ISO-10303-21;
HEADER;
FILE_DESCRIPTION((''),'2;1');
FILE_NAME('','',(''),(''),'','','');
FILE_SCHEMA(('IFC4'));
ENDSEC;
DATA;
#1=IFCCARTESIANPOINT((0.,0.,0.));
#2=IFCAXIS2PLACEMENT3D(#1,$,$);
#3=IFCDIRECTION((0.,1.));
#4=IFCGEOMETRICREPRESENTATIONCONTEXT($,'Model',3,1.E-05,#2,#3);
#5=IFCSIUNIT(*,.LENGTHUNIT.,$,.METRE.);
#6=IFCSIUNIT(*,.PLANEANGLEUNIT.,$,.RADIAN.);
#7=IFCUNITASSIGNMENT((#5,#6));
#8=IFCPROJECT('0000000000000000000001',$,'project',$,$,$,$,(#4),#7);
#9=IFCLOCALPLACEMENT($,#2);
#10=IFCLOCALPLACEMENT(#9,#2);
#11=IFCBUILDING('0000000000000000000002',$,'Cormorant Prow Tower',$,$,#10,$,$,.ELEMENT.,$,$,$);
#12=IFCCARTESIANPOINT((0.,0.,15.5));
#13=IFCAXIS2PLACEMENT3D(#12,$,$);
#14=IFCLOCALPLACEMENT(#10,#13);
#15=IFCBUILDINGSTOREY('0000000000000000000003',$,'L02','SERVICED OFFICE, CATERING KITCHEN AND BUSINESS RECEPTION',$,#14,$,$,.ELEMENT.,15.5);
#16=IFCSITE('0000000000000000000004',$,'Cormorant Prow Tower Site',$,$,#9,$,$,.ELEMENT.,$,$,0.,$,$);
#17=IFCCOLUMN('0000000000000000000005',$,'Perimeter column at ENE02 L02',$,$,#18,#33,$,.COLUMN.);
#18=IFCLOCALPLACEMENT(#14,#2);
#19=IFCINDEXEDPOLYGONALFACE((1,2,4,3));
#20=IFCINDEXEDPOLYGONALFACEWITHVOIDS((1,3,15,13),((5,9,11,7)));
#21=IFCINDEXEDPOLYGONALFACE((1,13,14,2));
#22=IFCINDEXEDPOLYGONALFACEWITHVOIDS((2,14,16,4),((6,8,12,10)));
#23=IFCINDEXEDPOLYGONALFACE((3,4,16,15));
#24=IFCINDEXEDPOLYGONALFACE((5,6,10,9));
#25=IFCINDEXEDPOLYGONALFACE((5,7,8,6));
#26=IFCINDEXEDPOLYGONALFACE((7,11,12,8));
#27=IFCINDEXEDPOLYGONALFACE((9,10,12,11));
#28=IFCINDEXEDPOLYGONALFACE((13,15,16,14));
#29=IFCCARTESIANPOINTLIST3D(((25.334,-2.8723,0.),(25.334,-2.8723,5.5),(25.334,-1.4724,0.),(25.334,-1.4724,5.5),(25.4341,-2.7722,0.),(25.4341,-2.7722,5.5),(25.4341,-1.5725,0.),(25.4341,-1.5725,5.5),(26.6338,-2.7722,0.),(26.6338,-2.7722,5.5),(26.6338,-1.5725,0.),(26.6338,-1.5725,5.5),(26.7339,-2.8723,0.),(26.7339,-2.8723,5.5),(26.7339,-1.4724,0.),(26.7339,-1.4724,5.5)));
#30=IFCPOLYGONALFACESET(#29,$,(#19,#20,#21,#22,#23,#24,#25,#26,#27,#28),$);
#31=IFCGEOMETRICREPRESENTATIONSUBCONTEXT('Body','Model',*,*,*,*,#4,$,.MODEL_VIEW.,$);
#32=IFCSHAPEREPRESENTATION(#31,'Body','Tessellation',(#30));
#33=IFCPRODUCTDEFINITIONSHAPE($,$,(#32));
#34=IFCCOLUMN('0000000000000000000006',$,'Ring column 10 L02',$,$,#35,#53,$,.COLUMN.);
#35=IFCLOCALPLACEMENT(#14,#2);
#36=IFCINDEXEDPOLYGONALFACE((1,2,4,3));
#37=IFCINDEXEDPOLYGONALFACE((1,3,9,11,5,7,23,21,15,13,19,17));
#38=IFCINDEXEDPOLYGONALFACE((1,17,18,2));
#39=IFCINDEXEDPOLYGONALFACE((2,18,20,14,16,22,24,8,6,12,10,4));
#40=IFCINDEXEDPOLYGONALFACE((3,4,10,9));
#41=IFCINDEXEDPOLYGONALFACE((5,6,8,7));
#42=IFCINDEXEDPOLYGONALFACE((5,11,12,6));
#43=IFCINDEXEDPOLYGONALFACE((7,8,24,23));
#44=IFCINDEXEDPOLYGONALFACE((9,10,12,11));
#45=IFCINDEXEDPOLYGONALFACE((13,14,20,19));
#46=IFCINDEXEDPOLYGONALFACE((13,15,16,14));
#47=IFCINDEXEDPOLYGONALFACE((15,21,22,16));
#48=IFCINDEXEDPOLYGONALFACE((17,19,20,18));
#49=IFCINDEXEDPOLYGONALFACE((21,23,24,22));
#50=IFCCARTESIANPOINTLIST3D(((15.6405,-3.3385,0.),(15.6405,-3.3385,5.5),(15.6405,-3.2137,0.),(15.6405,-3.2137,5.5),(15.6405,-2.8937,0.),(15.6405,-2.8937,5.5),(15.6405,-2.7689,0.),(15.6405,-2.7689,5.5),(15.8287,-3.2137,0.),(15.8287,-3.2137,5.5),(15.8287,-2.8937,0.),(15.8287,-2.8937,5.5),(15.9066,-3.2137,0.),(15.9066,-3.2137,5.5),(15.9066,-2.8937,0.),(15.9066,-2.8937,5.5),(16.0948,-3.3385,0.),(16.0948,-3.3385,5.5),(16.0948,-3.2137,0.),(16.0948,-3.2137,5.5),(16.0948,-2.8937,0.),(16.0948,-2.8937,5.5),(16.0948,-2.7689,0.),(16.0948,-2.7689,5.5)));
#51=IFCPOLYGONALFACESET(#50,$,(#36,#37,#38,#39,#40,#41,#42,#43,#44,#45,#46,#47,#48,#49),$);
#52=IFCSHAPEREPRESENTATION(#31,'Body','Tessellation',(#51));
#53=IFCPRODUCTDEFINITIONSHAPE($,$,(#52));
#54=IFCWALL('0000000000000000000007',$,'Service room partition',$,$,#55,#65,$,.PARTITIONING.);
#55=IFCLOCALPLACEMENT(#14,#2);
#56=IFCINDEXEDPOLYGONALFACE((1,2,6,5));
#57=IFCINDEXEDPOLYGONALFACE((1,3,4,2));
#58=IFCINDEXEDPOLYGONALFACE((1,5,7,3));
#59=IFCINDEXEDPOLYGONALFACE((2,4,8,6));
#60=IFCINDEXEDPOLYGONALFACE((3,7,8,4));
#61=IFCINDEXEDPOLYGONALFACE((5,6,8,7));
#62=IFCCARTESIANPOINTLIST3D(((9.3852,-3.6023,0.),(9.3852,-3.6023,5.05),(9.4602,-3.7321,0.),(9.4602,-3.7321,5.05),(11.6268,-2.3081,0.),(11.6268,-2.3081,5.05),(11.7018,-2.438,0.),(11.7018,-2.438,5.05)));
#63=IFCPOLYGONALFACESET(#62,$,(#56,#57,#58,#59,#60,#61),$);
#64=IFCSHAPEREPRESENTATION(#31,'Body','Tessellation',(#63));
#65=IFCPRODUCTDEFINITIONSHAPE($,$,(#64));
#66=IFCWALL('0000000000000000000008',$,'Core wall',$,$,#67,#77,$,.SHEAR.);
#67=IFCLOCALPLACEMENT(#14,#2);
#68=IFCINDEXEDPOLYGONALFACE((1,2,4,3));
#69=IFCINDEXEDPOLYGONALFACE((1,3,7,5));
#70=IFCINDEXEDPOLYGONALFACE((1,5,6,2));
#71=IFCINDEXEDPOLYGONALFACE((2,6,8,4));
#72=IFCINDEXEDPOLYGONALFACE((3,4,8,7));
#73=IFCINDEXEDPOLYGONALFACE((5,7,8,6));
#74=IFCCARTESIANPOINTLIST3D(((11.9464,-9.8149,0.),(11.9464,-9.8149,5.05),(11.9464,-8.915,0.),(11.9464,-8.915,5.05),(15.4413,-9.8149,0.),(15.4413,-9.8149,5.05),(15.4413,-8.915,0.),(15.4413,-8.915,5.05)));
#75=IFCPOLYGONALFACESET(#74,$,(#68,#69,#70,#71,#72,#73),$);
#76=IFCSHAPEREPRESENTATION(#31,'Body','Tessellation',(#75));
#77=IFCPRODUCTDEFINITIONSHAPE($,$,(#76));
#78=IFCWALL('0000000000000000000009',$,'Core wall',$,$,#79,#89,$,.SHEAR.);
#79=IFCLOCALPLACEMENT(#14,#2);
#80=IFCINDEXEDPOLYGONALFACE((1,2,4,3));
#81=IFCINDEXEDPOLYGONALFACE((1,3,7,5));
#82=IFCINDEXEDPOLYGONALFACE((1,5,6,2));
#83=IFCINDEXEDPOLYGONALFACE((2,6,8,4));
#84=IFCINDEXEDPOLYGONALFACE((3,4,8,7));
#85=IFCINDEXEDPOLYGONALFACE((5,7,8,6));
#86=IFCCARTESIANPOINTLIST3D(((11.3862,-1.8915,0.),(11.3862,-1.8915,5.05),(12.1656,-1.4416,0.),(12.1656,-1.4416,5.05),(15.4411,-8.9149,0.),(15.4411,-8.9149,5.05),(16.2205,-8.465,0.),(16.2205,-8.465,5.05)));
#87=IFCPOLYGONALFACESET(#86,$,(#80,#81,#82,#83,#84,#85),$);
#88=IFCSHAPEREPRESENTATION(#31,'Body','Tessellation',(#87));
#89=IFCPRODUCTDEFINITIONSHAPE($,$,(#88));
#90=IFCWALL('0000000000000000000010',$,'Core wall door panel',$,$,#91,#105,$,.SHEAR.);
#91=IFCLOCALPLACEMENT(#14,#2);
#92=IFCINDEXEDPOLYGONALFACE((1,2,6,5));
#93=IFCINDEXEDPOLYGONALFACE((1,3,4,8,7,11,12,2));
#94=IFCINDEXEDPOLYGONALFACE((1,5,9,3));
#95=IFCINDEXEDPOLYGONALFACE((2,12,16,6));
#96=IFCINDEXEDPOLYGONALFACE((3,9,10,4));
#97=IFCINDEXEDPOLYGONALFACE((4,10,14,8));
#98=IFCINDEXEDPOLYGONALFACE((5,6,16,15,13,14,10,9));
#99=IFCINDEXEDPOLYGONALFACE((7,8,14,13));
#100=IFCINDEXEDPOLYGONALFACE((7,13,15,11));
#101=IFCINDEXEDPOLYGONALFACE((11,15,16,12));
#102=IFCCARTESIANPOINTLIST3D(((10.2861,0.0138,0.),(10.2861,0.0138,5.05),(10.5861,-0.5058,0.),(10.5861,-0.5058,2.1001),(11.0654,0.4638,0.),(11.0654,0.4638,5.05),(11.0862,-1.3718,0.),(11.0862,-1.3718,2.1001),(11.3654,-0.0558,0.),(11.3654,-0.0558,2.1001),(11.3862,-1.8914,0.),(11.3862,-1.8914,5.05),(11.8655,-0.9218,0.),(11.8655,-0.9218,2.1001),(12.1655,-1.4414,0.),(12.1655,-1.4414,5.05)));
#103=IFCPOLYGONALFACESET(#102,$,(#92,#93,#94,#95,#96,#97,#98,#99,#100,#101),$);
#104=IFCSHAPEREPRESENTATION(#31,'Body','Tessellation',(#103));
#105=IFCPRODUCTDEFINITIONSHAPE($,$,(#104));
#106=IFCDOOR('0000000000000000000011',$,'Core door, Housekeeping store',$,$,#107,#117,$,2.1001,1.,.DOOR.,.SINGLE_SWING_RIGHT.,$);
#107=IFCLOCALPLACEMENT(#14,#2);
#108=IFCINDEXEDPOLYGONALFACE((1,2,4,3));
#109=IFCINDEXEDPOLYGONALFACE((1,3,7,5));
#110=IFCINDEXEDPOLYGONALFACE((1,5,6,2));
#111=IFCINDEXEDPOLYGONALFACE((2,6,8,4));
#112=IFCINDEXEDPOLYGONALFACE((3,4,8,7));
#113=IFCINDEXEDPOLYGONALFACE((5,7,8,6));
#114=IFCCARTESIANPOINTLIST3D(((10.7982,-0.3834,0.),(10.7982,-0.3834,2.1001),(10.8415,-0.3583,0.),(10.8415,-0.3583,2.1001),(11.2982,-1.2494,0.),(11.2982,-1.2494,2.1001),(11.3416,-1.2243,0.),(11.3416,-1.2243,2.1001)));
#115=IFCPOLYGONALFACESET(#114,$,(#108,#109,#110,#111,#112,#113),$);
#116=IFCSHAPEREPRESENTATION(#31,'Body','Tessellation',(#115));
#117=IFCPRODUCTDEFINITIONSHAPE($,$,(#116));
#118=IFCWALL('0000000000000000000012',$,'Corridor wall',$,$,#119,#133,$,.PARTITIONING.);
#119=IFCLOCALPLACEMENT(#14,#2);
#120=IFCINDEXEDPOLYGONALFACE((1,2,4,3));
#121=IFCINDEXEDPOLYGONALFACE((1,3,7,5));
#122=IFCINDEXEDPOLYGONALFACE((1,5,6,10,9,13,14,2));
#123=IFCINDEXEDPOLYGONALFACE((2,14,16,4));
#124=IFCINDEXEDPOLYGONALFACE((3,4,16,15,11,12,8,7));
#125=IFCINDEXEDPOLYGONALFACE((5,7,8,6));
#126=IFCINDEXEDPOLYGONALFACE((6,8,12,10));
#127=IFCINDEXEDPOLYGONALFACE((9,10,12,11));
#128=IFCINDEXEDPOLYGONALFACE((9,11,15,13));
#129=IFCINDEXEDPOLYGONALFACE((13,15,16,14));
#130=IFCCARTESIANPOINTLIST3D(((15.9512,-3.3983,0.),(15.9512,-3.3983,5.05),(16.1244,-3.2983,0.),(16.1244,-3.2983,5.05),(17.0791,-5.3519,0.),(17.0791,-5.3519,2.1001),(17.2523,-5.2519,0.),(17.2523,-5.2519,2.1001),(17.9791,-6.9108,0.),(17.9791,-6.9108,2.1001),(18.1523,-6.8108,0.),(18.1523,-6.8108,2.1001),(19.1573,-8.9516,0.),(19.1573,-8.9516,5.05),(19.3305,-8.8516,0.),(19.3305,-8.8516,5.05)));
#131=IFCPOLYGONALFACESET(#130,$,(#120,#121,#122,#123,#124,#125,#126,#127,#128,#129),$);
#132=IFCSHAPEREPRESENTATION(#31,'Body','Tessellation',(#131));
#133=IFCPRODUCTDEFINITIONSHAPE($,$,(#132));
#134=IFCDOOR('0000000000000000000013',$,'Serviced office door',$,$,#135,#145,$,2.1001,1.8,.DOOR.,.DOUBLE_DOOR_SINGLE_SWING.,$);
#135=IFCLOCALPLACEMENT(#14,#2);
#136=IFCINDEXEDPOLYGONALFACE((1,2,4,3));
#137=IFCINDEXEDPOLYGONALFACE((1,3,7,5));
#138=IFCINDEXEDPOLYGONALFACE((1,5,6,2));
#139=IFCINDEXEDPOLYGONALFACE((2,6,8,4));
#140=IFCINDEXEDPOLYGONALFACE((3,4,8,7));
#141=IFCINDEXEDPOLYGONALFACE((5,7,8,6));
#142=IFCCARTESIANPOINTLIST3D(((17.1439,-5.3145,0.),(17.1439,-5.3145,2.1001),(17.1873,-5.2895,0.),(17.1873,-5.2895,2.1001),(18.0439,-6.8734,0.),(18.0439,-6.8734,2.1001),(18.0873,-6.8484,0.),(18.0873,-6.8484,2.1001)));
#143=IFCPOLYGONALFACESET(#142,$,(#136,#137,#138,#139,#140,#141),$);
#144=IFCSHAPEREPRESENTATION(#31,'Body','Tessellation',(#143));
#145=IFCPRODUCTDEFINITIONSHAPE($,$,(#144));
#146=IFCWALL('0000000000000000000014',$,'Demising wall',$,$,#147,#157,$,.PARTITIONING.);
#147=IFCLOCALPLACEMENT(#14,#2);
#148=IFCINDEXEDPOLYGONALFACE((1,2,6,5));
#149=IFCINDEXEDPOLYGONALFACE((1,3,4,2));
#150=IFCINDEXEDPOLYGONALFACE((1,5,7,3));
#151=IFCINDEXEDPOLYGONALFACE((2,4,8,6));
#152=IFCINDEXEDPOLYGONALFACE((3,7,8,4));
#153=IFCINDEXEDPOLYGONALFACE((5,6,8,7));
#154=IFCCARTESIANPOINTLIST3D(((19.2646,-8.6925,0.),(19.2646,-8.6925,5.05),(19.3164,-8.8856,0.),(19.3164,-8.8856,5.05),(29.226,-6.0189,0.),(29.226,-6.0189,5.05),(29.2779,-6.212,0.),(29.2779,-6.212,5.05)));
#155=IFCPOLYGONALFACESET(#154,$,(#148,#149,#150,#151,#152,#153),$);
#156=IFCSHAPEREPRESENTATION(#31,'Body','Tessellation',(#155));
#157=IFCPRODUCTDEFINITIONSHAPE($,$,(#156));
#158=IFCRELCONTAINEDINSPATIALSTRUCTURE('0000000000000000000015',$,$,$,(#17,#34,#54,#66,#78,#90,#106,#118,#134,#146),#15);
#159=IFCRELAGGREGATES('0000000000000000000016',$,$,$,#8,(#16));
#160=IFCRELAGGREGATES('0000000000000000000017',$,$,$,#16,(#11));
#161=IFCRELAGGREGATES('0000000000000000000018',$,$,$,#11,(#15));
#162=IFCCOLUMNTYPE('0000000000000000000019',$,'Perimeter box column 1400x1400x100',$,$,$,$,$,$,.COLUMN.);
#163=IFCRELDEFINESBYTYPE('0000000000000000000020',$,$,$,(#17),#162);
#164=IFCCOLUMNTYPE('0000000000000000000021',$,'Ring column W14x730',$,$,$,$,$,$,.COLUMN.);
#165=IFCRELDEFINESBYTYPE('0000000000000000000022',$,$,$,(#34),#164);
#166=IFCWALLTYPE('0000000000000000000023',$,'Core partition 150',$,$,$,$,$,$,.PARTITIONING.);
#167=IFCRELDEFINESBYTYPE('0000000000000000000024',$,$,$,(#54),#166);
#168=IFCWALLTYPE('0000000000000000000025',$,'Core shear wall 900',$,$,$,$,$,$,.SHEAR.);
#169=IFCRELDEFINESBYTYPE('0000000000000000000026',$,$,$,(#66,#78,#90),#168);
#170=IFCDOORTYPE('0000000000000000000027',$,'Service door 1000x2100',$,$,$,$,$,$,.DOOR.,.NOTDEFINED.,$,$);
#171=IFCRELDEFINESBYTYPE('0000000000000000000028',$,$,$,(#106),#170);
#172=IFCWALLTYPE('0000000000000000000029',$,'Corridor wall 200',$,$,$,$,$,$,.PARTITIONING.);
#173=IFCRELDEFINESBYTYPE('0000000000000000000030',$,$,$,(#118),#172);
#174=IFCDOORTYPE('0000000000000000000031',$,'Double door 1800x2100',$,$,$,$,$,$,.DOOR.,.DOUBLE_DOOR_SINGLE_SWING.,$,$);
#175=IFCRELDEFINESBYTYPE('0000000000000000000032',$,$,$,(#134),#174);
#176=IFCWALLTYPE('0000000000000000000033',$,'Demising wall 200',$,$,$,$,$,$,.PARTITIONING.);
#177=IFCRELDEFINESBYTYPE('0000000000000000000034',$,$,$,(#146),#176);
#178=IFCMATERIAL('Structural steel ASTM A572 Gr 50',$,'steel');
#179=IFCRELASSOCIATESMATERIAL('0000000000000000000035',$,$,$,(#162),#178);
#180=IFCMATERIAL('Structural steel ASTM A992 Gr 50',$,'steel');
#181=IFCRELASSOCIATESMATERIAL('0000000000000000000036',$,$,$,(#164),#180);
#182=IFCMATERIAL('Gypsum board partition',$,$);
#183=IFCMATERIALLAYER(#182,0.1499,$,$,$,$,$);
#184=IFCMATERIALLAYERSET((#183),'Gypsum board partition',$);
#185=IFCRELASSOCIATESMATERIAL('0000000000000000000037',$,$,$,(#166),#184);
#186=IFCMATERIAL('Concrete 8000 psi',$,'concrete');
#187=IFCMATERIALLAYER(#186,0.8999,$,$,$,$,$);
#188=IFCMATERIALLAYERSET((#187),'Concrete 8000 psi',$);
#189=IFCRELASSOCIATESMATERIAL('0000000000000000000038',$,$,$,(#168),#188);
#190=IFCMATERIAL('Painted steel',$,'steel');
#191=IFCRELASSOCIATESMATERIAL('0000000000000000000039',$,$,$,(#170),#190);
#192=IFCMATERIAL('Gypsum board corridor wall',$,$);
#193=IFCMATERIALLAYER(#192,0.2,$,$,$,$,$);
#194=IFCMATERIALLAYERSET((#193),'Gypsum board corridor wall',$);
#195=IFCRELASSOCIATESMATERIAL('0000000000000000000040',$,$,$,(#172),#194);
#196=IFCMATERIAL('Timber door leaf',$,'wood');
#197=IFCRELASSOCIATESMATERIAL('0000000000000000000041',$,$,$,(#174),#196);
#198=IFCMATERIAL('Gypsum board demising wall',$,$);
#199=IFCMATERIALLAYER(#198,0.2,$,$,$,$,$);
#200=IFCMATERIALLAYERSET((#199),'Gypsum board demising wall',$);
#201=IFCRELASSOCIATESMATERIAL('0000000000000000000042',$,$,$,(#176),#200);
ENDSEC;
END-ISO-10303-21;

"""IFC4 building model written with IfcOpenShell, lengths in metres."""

from ifc_helpers import new_model, si_unit, direction, frame, frame_2d, origin, origin_2d, place, context, subcontext, project, spatial, rectangle, hollow_rectangle, i_section, extrude, material, layer, layer_set, material_profile, profile_set, type_object, element, fill, save


model = new_model("IFC4")

# Units and contexts
model_context = context("Model", 3, precision=1e-05, world=origin(), true_north=direction((0.0, 1.0)))
body_context = subcontext(model_context, "Body", "Model", "MODEL_VIEW")
ifc_project = project(units=[si_unit("LENGTHUNIT", "METRE"), si_unit("PLANEANGLEUNIT", "RADIAN")], contexts=[model_context])

# Site, building, storey
site_placement = place(None, origin())
site = spatial("IfcSite", under=ifc_project, at=site_placement, Name="Cormorant Prow Tower Site", CompositionType="ELEMENT", RefElevation=0.0)
building_placement = place(site_placement, origin())
building = spatial("IfcBuilding", under=site, at=building_placement, Name="Cormorant Prow Tower", CompositionType="ELEMENT")
storey_placement = place(building_placement, frame((0.0, 0.0, 15.5)))
storey = spatial("IfcBuildingStorey", under=building, at=storey_placement, Name="L02", Description="SERVICED OFFICE, CATERING KITCHEN AND BUSINESS RECEPTION", CompositionType="ELEMENT", Elevation=15.5)

# Columns
ifc_material_1 = material(Name="Structural steel ASTM A572 Gr 50", Category="steel")
ifc_material_profile_1 = material_profile(ifc_material_1, hollow_rectangle(XDim=1.3999, YDim=1.3999, WallThickness=0.1001, at=origin_2d()), Name="Box 1400x1400x100")
ifc_profile_set_1 = profile_set([ifc_material_profile_1], Name="Structural steel ASTM A572 Gr 50")
column_type_1 = type_object("IfcColumnType", Name="Perimeter box column 1400x1400x100", PredefinedType="COLUMN", material=ifc_profile_set_1)
column_1_placement = place(storey_placement, frame((26.0339, -2.1724, 0.0), z_axis=(0.0, 0.0, 1.0), x_axis=(1.0, 0.0, 0.0)))
element("IfcColumn", 1, at=column_1_placement, inside=storey, type_object=column_type_1, Name="Perimeter column at ENE02 L02", PredefinedType="COLUMN", context=body_context, shape_type="SweptSolid", body=[
    extrude(hollow_rectangle(XDim=1.3999, YDim=1.3999, WallThickness=0.1001, at=origin_2d()), origin(), (0.0, 0.0, 1.0), 5.5),
])
ifc_material_2 = material(Name="Structural steel ASTM A992 Gr 50", Category="steel")
ifc_material_profile_2 = material_profile(ifc_material_2, i_section(OverallWidth=0.4543, OverallDepth=0.5696, WebThickness=0.0779, FlangeThickness=0.1248, at=origin_2d()), Name="W14x730")
ifc_profile_set_2 = profile_set([ifc_material_profile_2], Name="Structural steel ASTM A992 Gr 50")
column_type_2 = type_object("IfcColumnType", Name="Ring column W14x730", PredefinedType="COLUMN", material=ifc_profile_set_2)
column_2_placement = place(storey_placement, frame((15.8677, -3.0537, 0.0), z_axis=(0.0, 0.0, 1.0), x_axis=(1.0, 0.0, 0.0)))
element("IfcColumn", 2, at=column_2_placement, inside=storey, type_object=column_type_2, Name="Ring column 10 L02", PredefinedType="COLUMN", context=body_context, shape_type="SweptSolid", body=[
    extrude(i_section(OverallWidth=0.4543, OverallDepth=0.5696, WebThickness=0.0779, FlangeThickness=0.1248, at=origin_2d()), origin(), (0.0, 0.0, 1.0), 5.5),
])

# Walls
ifc_material_3 = material(Name="Gypsum board partition")
ifc_layer_1 = layer(ifc_material_3, 0.1499)
ifc_layer_set_1 = layer_set([ifc_layer_1], Name="Gypsum board partition")
wall_type_1 = type_object("IfcWallType", Name="Core partition 150", PredefinedType="PARTITIONING", material=ifc_layer_set_1)
wall_1_placement = place(storey_placement, frame((11.6643, -2.373, 0.0), z_axis=(0.0, 0.0, 1.0), x_axis=(-0.866035, -0.499984, 0.0)))
element("IfcWall", 3, at=wall_1_placement, inside=storey, type_object=wall_type_1, Name="Service room partition", PredefinedType="PARTITIONING", context=body_context, shape_type="SweptSolid", body=[
    extrude(rectangle(XDim=2.5884, YDim=0.1499, at=frame_2d((1.2942, 0.0))), origin(), (0.0, 0.0, 1.0), 5.05),
])
ifc_material_4 = material(Name="Concrete 8000 psi", Category="concrete")
ifc_layer_2 = layer(ifc_material_4, 0.8999)
ifc_layer_set_2 = layer_set([ifc_layer_2], Name="Concrete 8000 psi")
wall_type_2 = type_object("IfcWallType", Name="Core shear wall 900", PredefinedType="SHEAR", material=ifc_layer_set_2)
wall_2_placement = place(storey_placement, frame((11.9463, -9.365, 0.0), z_axis=(0.0, 0.0, 1.0), x_axis=(1.0, 0.0, 0.0)))
element("IfcWall", 4, at=wall_2_placement, inside=storey, type_object=wall_type_2, Name="Core wall", PredefinedType="SHEAR", context=body_context, shape_type="SweptSolid", body=[
    extrude(rectangle(XDim=3.4949, YDim=0.8999, at=frame_2d((1.7476, 0.0))), origin(), (0.0, 0.0, 1.0), 5.05),
])
wall_3_placement = place(storey_placement, frame((15.8308, -8.6899, 0.0), z_axis=(0.0, 0.0, 1.0), x_axis=(-0.499995, 0.866028, 0.0)))
element("IfcWall", 5, at=wall_3_placement, inside=storey, type_object=wall_type_2, Name="Core wall", PredefinedType="SHEAR", context=body_context, shape_type="SweptSolid", body=[
    extrude(rectangle(XDim=8.1099, YDim=0.8999, at=frame_2d((4.0549, 0.0))), origin(), (0.0, 0.0, 1.0), 5.05),
])

# Walls, openings, doors
wall_4_placement = place(storey_placement, frame((11.7759, -1.6665, 0.0), z_axis=(0.0, 0.0, 1.0), x_axis=(-0.50003, 0.866008, 0.0)))
wall_4 = element("IfcWall", 6, at=wall_4_placement, inside=storey, type_object=wall_type_2, Name="Core wall door panel", PredefinedType="SHEAR", context=body_context, shape_type="SweptSolid", body=[
    extrude(rectangle(XDim=2.2, YDim=0.8999, at=frame_2d((1.1001, 0.0))), origin(), (0.0, 0.0, 1.0), 5.05),
])
opening_1_placement = place(wall_4_placement, frame((0.6001, 0.0, 0.0)))
opening_1 = element("IfcOpeningElement", 7, at=opening_1_placement, cuts=wall_4, PredefinedType="OPENING", context=body_context, shape_type="SweptSolid", body=[
    extrude(rectangle(XDim=1.0, YDim=2.1001, at=frame_2d((0.5, 1.05))), frame((0.0, 0.46, 0.0), z_axis=(0.0, -1.0, 0.0), x_axis=(1.0, 0.0, 0.0)), (0.0, 0.0, 1.0), 0.9199),
])
ifc_material_5 = material(Name="Painted steel", Category="steel")
door_type_1 = type_object("IfcDoorType", Name="Service door 1000x2100", OperationType="NOTDEFINED", PredefinedType="DOOR", material=ifc_material_5)
door_1_placement = place(opening_1_placement, origin())
door_1 = element("IfcDoor", 8, at=door_1_placement, inside=storey, type_object=door_type_1, Name="Core door, Housekeeping store", OperationType="SINGLE_SWING_RIGHT", OverallHeight=2.1001, OverallWidth=1.0, PredefinedType="DOOR", context=body_context, shape_type="SweptSolid", body=[
    extrude(rectangle(XDim=1.0, YDim=2.1001, at=frame_2d((0.5, 1.05))), frame((0.0, 0.2051, 0.0), z_axis=(0.0, -1.0, 0.0), x_axis=(1.0, 0.0, 0.0)), (0.0, 0.0, 1.0), 0.05),
])
fill(opening_1, door_1)
ifc_material_6 = material(Name="Gypsum board corridor wall")
ifc_layer_3 = layer(ifc_material_6, 0.2)
ifc_layer_set_3 = layer_set([ifc_layer_3], Name="Gypsum board corridor wall")
wall_type_3 = type_object("IfcWallType", Name="Corridor wall 200", PredefinedType="PARTITIONING", material=ifc_layer_set_3)
wall_5_placement = place(storey_placement, frame((16.0378, -3.3484, 0.0), z_axis=(0.0, 0.0, 1.0), x_axis=(0.499988, -0.866032, 0.0)))
wall_5 = element("IfcWall", 9, at=wall_5_placement, inside=storey, type_object=wall_type_3, Name="Corridor wall", PredefinedType="PARTITIONING", context=body_context, shape_type="SweptSolid", body=[
    extrude(rectangle(XDim=6.4124, YDim=0.2, at=frame_2d((3.2061, 0.0))), origin(), (0.0, 0.0, 1.0), 5.05),
])
opening_2_placement = place(wall_5_placement, frame((2.2559, 0.0, 0.0)))
opening_2 = element("IfcOpeningElement", 10, at=opening_2_placement, cuts=wall_5, PredefinedType="OPENING", context=body_context, shape_type="SweptSolid", body=[
    extrude(rectangle(XDim=1.8, YDim=2.1001, at=frame_2d((0.8999, 1.05))), frame((0.0, 0.1099, 0.0), z_axis=(0.0, -1.0, 0.0), x_axis=(1.0, 0.0, 0.0)), (0.0, 0.0, 1.0), 0.22),
])
ifc_material_7 = material(Name="Timber door leaf", Category="wood")
door_type_2 = type_object("IfcDoorType", Name="Double door 1800x2100", OperationType="DOUBLE_DOOR_SINGLE_SWING", PredefinedType="DOOR", material=ifc_material_7)
door_2_placement = place(opening_2_placement, origin())
door_2 = element("IfcDoor", 11, at=door_2_placement, inside=storey, type_object=door_type_2, Name="Serviced office door", OperationType="DOUBLE_DOOR_SINGLE_SWING", OverallHeight=2.1001, OverallWidth=1.8, PredefinedType="DOOR", context=body_context, shape_type="SweptSolid", body=[
    extrude(rectangle(XDim=1.8, YDim=2.1001, at=frame_2d((0.8999, 1.05))), frame((0.0, 0.0249, 0.0), z_axis=(0.0, -1.0, 0.0), x_axis=(1.0, 0.0, 0.0)), (0.0, 0.0, 1.0), 0.05),
])
fill(opening_2, door_2)

# Wall
ifc_material_8 = material(Name="Gypsum board demising wall")
ifc_layer_4 = layer(ifc_material_8, 0.2)
ifc_layer_set_4 = layer_set([ifc_layer_4], Name="Gypsum board demising wall")
wall_type_4 = type_object("IfcWallType", Name="Demising wall 200", PredefinedType="PARTITIONING", material=ifc_layer_set_4)
wall_6_placement = place(storey_placement, frame((19.2905, -8.7891, 0.0), z_axis=(0.0, 0.0, 1.0), x_axis=(0.965818, 0.25922, 0.0)))
element("IfcWall", 12, at=wall_6_placement, inside=storey, type_object=wall_type_4, Name="Demising wall", PredefinedType="PARTITIONING", context=body_context, shape_type="SweptSolid", body=[
    extrude(rectangle(XDim=10.314, YDim=0.2, at=frame_2d((5.157, 0.0))), origin(), (0.0, 0.0, 1.0), 5.05),
])

save(model, "model.ifc")
